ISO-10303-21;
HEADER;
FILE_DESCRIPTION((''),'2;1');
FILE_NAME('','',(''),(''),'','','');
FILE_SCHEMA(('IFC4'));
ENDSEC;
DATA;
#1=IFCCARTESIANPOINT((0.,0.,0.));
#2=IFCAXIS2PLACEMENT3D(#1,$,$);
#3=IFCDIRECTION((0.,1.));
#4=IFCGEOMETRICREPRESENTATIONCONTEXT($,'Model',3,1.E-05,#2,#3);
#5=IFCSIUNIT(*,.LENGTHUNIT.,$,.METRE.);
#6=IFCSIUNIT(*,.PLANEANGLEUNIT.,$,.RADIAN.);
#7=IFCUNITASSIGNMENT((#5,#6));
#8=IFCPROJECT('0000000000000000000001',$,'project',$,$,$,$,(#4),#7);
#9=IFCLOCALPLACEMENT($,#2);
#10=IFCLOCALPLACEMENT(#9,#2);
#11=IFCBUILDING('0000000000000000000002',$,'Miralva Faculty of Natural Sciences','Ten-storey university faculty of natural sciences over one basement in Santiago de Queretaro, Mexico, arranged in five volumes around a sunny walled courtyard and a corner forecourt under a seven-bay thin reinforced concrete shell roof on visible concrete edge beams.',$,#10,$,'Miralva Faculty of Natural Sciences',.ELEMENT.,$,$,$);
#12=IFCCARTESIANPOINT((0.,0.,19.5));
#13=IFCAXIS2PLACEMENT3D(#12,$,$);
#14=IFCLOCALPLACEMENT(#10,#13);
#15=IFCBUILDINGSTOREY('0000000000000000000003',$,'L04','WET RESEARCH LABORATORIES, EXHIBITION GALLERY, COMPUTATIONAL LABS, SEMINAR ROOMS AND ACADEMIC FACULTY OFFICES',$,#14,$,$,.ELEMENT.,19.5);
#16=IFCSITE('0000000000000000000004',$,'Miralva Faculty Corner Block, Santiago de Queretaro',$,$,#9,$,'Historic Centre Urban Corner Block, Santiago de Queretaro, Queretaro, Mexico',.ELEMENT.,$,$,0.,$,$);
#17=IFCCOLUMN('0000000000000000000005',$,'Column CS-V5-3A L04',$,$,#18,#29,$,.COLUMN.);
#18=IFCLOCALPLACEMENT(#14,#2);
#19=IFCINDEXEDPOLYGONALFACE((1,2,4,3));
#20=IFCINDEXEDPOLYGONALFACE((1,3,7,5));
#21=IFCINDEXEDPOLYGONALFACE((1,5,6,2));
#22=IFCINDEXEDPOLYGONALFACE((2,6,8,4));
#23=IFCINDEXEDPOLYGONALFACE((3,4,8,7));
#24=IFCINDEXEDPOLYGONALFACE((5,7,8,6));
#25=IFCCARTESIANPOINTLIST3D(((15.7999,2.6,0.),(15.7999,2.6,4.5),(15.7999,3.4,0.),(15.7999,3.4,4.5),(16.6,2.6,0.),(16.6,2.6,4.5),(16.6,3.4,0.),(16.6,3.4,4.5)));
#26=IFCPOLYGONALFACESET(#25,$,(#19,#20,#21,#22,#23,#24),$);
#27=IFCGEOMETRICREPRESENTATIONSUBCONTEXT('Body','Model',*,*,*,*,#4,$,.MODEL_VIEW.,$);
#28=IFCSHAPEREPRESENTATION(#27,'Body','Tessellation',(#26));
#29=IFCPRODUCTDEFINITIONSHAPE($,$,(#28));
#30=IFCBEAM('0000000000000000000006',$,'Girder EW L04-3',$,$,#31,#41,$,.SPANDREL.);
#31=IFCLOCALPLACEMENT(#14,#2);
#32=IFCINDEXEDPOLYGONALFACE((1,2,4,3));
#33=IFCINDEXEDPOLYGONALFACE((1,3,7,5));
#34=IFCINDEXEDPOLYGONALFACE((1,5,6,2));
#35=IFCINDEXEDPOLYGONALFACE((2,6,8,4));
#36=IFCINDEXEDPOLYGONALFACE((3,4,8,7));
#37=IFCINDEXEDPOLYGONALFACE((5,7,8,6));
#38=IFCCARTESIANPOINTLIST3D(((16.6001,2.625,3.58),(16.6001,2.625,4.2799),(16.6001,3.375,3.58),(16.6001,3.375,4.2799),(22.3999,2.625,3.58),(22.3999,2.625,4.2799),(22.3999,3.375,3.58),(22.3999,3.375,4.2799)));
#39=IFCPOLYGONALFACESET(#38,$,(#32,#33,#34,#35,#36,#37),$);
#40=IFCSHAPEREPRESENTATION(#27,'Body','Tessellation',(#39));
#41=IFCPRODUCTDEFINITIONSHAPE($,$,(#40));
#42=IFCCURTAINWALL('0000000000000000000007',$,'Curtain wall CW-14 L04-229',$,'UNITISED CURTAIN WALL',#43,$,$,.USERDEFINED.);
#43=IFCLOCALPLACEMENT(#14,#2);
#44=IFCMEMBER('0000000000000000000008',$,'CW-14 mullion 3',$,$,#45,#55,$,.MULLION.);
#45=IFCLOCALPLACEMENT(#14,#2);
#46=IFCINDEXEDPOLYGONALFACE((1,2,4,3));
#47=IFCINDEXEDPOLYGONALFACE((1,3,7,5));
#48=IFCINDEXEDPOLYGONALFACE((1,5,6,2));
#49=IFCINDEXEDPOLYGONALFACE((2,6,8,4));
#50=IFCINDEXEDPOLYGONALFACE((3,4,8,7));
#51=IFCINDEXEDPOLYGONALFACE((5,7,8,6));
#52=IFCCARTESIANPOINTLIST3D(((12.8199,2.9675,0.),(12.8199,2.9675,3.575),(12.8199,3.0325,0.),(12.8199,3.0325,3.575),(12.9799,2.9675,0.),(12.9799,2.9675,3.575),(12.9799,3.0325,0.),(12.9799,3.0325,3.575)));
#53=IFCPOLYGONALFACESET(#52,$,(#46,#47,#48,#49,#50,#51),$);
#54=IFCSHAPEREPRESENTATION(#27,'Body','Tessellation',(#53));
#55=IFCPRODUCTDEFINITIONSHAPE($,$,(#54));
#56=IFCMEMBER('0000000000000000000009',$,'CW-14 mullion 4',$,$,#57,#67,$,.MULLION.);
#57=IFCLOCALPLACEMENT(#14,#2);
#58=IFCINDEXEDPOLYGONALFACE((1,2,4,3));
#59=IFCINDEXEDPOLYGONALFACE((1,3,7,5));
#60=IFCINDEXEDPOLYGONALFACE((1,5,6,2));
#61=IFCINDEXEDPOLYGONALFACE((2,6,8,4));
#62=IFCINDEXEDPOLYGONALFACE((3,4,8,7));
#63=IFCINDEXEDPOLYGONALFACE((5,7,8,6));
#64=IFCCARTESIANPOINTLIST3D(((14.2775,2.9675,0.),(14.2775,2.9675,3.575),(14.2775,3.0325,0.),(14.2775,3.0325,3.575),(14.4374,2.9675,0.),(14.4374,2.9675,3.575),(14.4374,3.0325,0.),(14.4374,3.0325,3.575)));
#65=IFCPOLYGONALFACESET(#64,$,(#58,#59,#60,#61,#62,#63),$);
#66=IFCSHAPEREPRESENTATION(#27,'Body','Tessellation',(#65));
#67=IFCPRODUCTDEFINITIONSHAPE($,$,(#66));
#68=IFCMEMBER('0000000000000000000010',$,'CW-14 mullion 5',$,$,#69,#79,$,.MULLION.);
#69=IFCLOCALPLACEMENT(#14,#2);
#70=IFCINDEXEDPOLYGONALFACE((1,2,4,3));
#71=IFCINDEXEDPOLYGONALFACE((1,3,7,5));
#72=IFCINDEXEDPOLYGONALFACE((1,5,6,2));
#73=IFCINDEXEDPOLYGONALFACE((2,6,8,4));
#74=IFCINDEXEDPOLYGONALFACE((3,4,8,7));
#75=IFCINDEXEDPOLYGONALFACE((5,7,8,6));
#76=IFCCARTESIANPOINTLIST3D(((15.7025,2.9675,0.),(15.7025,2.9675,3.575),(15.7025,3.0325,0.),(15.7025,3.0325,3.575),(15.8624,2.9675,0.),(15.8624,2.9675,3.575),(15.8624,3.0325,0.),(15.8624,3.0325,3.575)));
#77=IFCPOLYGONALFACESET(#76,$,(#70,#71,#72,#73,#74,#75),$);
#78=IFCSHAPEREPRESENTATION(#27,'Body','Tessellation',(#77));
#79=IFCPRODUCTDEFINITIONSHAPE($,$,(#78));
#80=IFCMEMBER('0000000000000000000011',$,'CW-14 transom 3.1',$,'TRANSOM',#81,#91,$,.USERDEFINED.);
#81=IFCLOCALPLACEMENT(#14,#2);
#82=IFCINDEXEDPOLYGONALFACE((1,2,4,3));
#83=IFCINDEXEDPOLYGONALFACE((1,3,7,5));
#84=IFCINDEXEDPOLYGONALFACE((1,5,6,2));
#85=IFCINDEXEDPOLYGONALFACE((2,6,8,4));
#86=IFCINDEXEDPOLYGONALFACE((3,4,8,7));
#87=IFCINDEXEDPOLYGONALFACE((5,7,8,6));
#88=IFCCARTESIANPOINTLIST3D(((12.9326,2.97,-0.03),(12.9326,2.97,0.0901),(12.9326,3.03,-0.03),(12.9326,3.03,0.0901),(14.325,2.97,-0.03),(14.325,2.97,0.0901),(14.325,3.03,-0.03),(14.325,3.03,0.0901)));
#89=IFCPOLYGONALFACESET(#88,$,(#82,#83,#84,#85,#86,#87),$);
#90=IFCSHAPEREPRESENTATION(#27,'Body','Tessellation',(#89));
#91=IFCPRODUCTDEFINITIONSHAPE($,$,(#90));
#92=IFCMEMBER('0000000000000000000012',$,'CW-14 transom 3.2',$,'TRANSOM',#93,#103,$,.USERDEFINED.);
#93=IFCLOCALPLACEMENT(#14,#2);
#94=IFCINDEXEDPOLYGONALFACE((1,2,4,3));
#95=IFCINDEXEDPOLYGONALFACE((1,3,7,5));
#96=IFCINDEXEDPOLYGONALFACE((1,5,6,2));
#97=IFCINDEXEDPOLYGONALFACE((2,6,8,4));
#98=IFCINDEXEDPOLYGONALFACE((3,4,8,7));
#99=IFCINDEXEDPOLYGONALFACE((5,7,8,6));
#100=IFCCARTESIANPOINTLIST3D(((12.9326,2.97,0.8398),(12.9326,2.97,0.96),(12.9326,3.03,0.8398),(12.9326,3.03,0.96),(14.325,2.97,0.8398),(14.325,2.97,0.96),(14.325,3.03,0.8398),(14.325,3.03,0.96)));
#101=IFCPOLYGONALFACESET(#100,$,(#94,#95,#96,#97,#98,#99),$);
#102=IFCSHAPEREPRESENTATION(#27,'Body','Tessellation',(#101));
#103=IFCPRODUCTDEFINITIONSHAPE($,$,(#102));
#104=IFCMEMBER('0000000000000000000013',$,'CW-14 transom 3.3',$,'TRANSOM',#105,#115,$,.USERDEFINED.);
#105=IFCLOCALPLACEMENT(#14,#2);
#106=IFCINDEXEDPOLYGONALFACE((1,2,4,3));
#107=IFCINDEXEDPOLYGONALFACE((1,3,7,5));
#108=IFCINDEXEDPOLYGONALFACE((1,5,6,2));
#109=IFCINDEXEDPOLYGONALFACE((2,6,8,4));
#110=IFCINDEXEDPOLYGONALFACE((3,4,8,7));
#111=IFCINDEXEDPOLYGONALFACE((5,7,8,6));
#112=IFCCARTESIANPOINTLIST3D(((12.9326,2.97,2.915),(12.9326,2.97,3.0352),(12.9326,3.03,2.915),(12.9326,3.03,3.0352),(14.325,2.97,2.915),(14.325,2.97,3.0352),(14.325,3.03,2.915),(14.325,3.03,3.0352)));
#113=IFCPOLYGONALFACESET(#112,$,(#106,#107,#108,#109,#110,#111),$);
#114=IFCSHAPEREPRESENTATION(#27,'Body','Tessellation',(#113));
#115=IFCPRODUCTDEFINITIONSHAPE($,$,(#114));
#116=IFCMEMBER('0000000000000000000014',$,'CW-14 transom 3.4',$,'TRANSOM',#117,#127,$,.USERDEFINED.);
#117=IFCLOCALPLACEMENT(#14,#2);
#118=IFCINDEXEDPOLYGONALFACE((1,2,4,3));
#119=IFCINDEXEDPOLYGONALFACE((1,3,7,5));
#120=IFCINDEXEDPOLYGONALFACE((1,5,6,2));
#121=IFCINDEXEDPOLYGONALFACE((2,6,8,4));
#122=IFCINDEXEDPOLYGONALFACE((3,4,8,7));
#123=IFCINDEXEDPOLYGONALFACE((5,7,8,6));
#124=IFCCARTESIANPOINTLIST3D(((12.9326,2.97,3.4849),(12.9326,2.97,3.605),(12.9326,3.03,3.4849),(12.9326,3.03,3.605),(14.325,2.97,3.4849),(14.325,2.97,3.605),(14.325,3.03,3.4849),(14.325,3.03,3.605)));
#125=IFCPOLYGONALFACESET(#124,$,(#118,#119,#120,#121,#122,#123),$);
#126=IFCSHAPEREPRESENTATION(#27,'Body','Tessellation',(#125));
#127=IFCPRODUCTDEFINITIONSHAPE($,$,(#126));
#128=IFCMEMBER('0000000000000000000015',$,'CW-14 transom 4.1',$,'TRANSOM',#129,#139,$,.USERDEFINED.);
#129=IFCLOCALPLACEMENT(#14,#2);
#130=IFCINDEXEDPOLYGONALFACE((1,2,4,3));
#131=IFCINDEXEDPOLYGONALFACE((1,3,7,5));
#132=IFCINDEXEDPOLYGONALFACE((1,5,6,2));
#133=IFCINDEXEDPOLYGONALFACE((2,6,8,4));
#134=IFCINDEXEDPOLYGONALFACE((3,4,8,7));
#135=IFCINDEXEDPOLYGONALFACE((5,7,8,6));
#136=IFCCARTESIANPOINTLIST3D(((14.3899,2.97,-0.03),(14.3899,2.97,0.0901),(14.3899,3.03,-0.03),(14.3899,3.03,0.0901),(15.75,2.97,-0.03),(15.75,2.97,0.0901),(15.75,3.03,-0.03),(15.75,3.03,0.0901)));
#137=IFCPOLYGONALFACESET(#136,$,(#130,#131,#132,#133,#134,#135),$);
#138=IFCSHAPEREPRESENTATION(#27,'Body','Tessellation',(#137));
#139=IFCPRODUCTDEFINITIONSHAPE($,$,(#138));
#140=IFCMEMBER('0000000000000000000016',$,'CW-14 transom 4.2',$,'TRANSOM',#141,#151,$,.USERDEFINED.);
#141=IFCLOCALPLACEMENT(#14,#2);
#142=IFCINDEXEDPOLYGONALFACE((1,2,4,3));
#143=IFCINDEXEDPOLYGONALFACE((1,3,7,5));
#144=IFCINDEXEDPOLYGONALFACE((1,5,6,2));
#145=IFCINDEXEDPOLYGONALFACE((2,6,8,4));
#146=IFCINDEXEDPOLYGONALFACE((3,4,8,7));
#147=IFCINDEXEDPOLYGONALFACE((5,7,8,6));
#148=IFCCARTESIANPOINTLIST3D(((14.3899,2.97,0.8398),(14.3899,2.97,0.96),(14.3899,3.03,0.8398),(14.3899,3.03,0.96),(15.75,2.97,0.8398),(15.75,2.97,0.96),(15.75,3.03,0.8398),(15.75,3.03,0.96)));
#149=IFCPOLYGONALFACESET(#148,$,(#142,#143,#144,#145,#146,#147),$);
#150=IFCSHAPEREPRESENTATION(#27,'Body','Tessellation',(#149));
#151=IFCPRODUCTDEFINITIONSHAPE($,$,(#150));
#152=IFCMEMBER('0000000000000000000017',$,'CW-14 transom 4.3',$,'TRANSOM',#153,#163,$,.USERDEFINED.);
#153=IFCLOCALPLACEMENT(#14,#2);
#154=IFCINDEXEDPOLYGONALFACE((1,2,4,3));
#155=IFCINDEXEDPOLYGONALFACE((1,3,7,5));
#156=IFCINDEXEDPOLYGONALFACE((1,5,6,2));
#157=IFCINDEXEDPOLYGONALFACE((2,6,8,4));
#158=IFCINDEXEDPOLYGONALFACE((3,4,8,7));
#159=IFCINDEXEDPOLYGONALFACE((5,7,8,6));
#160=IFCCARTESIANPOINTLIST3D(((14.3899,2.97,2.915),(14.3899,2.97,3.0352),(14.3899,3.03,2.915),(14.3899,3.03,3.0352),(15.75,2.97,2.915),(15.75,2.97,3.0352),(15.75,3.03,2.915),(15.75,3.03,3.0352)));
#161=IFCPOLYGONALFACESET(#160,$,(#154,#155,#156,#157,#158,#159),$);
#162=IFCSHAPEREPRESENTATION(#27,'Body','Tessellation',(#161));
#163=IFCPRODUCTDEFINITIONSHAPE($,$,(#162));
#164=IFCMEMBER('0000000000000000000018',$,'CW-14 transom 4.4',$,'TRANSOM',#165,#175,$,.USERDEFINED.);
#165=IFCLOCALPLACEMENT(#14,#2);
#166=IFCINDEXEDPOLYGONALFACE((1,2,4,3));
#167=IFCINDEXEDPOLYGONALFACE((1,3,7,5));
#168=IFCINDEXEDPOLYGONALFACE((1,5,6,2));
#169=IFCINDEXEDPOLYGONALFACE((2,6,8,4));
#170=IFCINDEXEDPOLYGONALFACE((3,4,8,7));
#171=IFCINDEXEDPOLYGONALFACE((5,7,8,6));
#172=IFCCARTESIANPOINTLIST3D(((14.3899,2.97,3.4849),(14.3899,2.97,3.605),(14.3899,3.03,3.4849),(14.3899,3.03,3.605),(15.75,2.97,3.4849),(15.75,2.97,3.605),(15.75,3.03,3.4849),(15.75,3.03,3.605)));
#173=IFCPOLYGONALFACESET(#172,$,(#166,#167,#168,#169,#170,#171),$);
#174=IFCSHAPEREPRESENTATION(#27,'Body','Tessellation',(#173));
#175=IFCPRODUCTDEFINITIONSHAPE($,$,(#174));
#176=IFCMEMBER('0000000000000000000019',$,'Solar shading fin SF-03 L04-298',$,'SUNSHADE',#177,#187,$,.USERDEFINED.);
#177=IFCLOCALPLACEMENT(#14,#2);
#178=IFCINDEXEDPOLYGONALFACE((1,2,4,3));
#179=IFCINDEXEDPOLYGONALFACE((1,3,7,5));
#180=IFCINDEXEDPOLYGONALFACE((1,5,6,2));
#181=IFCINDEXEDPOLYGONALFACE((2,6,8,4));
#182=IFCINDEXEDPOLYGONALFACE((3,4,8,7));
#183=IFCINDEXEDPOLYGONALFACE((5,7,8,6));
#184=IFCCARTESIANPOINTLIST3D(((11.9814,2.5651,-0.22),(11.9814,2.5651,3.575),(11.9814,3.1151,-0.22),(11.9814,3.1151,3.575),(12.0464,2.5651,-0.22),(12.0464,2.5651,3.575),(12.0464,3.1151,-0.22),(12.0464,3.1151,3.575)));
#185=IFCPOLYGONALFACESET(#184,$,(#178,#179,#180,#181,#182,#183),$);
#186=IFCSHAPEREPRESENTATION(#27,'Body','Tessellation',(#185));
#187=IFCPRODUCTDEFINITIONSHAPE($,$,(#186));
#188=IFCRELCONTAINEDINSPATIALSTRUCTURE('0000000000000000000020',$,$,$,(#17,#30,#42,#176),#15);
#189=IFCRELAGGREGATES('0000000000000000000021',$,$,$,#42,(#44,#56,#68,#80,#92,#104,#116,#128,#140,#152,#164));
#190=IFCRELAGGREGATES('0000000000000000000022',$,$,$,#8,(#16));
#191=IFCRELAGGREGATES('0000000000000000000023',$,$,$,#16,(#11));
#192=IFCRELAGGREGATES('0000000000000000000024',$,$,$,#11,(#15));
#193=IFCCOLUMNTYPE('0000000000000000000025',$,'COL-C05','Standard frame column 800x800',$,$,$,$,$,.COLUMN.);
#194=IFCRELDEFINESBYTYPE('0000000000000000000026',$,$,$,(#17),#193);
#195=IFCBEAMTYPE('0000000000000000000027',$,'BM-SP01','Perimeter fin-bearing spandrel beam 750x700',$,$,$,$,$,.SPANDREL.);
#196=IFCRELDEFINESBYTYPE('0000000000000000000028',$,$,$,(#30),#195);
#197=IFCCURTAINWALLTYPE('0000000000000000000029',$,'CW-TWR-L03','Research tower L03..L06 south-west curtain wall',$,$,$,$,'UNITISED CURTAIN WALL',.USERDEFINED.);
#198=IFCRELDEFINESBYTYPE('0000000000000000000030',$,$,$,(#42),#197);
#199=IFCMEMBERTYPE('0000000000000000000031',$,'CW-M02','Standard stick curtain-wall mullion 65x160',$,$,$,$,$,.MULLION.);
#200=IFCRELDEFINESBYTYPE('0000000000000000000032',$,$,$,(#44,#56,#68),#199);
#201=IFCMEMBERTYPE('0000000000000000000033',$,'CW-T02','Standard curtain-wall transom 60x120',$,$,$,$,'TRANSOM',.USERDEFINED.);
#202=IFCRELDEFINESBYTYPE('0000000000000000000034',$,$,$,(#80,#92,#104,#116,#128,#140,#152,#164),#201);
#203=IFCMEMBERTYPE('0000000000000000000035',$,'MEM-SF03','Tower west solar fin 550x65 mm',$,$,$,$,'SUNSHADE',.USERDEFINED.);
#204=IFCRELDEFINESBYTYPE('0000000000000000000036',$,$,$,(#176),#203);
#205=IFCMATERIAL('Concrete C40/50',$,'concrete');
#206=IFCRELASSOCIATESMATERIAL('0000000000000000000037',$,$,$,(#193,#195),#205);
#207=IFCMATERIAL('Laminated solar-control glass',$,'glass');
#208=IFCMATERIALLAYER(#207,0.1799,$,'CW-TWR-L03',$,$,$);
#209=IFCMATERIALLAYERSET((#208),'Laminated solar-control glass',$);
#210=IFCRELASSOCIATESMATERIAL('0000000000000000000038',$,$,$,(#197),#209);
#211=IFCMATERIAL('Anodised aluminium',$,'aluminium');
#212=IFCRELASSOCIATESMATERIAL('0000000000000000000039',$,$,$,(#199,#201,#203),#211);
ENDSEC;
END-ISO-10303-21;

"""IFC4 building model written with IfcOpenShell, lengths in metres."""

from ifc_helpers import new_model, si_unit, direction, frame, origin, origin_2d, place, context, subcontext, project, spatial, rectangle, extrude, material, layer, layer_set, material_profile, profile_set, type_object, element, aggregate, save


model = new_model("IFC4")

# Units and contexts
model_context = context("Model", 3, precision=1e-05, world=origin(), true_north=direction((0.0, 1.0)))
body_context = subcontext(model_context, "Body", "Model", "MODEL_VIEW")
ifc_project = project(units=[si_unit("LENGTHUNIT", "METRE"), si_unit("PLANEANGLEUNIT", "RADIAN")], contexts=[model_context])

# Site, building, storey
site_placement = place(None, origin())
site = spatial("IfcSite", under=ifc_project, at=site_placement, Name="Miralva Faculty Corner Block, Santiago de Queretaro", LongName="Historic Centre Urban Corner Block, Santiago de Queretaro, Queretaro, Mexico", CompositionType="ELEMENT", RefElevation=0.0)
building_placement = place(site_placement, origin())
building = spatial("IfcBuilding", under=site, at=building_placement, Name="Miralva Faculty of Natural Sciences", Description="Ten-storey university faculty of natural sciences over one basement in Santiago de Queretaro, Mexico, arranged in five volumes around a sunny walled courtyard and a corner forecourt under a seven-bay thin reinforced concrete shell roof on visible concrete edge beams.", LongName="Miralva Faculty of Natural Sciences", CompositionType="ELEMENT")
storey_placement = place(building_placement, frame((0.0, 0.0, 19.5)))
storey = spatial("IfcBuildingStorey", under=building, at=storey_placement, Name="L04", Description="WET RESEARCH LABORATORIES, EXHIBITION GALLERY, COMPUTATIONAL LABS, SEMINAR ROOMS AND ACADEMIC FACULTY OFFICES", CompositionType="ELEMENT", Elevation=19.5)

# Column
ifc_material_1 = material(Name="Concrete C40/50", Category="concrete")
ifc_material_profile_1 = material_profile(ifc_material_1, rectangle(XDim=0.8, YDim=0.8, at=origin_2d()), Name="RC 800x800")
ifc_profile_set_1 = profile_set([ifc_material_profile_1], Name="Concrete C40/50")
column_type = type_object("IfcColumnType", Name="COL-C05", Description="Standard frame column 800x800", PredefinedType="COLUMN", material=ifc_profile_set_1)
column_placement = place(storey_placement, frame((16.2, 3.0, 0.0), z_axis=(0.0, 0.0, 1.0), x_axis=(1.0, 0.0, 0.0)))
element("IfcColumn", 1, at=column_placement, inside=storey, type_object=column_type, Name="Column CS-V5-3A L04", PredefinedType="COLUMN", context=body_context, shape_type="SweptSolid", body=[
    extrude(rectangle(XDim=0.8, YDim=0.8, at=origin_2d()), origin(), (0.0, 0.0, 1.0), 4.5),
])

# Beam
ifc_material_profile_2 = material_profile(ifc_material_1, rectangle(XDim=0.75, YDim=0.7, at=origin_2d()), Name="RC 750x700")
ifc_profile_set_2 = profile_set([ifc_material_profile_2], Name="Concrete C40/50")
beam_type = type_object("IfcBeamType", Name="BM-SP01", Description="Perimeter fin-bearing spandrel beam 750x700", PredefinedType="SPANDREL", material=ifc_profile_set_2)
beam_placement = place(storey_placement, frame((16.6001, 3.0, 3.9299), z_axis=(1.0, 0.0, 0.0), x_axis=(0.0, 1.0, 0.0)))
element("IfcBeam", 2, at=beam_placement, inside=storey, type_object=beam_type, Name="Girder EW L04-3", PredefinedType="SPANDREL", context=body_context, shape_type="SweptSolid", body=[
    extrude(rectangle(XDim=0.75, YDim=0.7, at=origin_2d()), origin(), (0.0, 0.0, 1.0), 5.7998),
])

# Curtain wall, members
ifc_material_2 = material(Name="Laminated solar-control glass", Category="glass")
ifc_layer_1 = layer(ifc_material_2, 0.1799, Name="CW-TWR-L03")
ifc_layer_set_1 = layer_set([ifc_layer_1], Name="Laminated solar-control glass")
curtain_wall_type = type_object("IfcCurtainWallType", Name="CW-TWR-L03", Description="Research tower L03..L06 south-west curtain wall", ElementType="UNITISED CURTAIN WALL", PredefinedType="USERDEFINED", material=ifc_layer_set_1)
curtain_wall_placement = place(storey_placement, origin())
curtain_wall = element("IfcCurtainWall", 3, at=curtain_wall_placement, inside=storey, type_object=curtain_wall_type, Name="Curtain wall CW-14 L04-229", ObjectType="UNITISED CURTAIN WALL", PredefinedType="USERDEFINED")
ifc_material_3 = material(Name="Anodised aluminium", Category="aluminium")
ifc_material_profile_3 = material_profile(ifc_material_3, rectangle(XDim=0.0649, YDim=0.1599, at=origin_2d()), Name="MULLION 65x160")
ifc_profile_set_3 = profile_set([ifc_material_profile_3], Name="Anodised aluminium")
member_type_1 = type_object("IfcMemberType", Name="CW-M02", Description="Standard stick curtain-wall mullion 65x160", PredefinedType="MULLION", material=ifc_profile_set_3)
member_1_placement = place(storey_placement, frame((12.8999, 3.0, 0.0), z_axis=(0.0, 0.0, 1.0), x_axis=(0.0, 1.0, 0.0)))
member_1 = element("IfcMember", 4, at=member_1_placement, type_object=member_type_1, Name="CW-14 mullion 3", PredefinedType="MULLION", context=body_context, shape_type="SweptSolid", body=[
    extrude(rectangle(XDim=0.0649, YDim=0.1599, at=origin_2d()), origin(), (0.0, 0.0, 1.0), 3.575),
])
member_2_placement = place(storey_placement, frame((14.3574, 3.0, 0.0), z_axis=(0.0, 0.0, 1.0), x_axis=(0.0, 1.0, 0.0)))
member_2 = element("IfcMember", 5, at=member_2_placement, type_object=member_type_1, Name="CW-14 mullion 4", PredefinedType="MULLION", context=body_context, shape_type="SweptSolid", body=[
    extrude(rectangle(XDim=0.0649, YDim=0.1599, at=origin_2d()), origin(), (0.0, 0.0, 1.0), 3.575),
])
member_3_placement = place(storey_placement, frame((15.7825, 3.0, 0.0), z_axis=(0.0, 0.0, 1.0), x_axis=(0.0, 1.0, 0.0)))
member_3 = element("IfcMember", 6, at=member_3_placement, type_object=member_type_1, Name="CW-14 mullion 5", PredefinedType="MULLION", context=body_context, shape_type="SweptSolid", body=[
    extrude(rectangle(XDim=0.0649, YDim=0.1599, at=origin_2d()), origin(), (0.0, 0.0, 1.0), 3.575),
])
ifc_material_profile_4 = material_profile(ifc_material_3, rectangle(XDim=0.0601, YDim=0.1201, at=origin_2d()), Name="TRANSOM 60x120")
ifc_profile_set_4 = profile_set([ifc_material_profile_4], Name="Anodised aluminium")
member_type_2 = type_object("IfcMemberType", Name="CW-T02", Description="Standard curtain-wall transom 60x120", ElementType="TRANSOM", PredefinedType="USERDEFINED", material=ifc_profile_set_4)
member_4_placement = place(storey_placement, frame((12.9326, 3.0, 0.03), z_axis=(1.0, 0.0, 0.0), x_axis=(0.0, 1.0, 0.0)))
member_4 = element("IfcMember", 7, at=member_4_placement, type_object=member_type_2, Name="CW-14 transom 3.1", ObjectType="TRANSOM", PredefinedType="USERDEFINED", context=body_context, shape_type="SweptSolid", body=[
    extrude(rectangle(XDim=0.0601, YDim=0.1201, at=origin_2d()), origin(), (0.0, 0.0, 1.0), 1.3923),
])
member_5_placement = place(storey_placement, frame((12.9326, 3.0, 0.8999), z_axis=(1.0, 0.0, 0.0), x_axis=(0.0, 1.0, 0.0)))
member_5 = element("IfcMember", 8, at=member_5_placement, type_object=member_type_2, Name="CW-14 transom 3.2", ObjectType="TRANSOM", PredefinedType="USERDEFINED", context=body_context, shape_type="SweptSolid", body=[
    extrude(rectangle(XDim=0.0601, YDim=0.1201, at=origin_2d()), origin(), (0.0, 0.0, 1.0), 1.3923),
])
member_6_placement = place(storey_placement, frame((12.9326, 3.0, 2.9751), z_axis=(1.0, 0.0, 0.0), x_axis=(0.0, 1.0, 0.0)))
member_6 = element("IfcMember", 9, at=member_6_placement, type_object=member_type_2, Name="CW-14 transom 3.3", ObjectType="TRANSOM", PredefinedType="USERDEFINED", context=body_context, shape_type="SweptSolid", body=[
    extrude(rectangle(XDim=0.0601, YDim=0.1201, at=origin_2d()), origin(), (0.0, 0.0, 1.0), 1.3923),
])
member_7_placement = place(storey_placement, frame((12.9326, 3.0, 3.5449), z_axis=(1.0, 0.0, 0.0), x_axis=(0.0, 1.0, 0.0)))
member_7 = element("IfcMember", 10, at=member_7_placement, type_object=member_type_2, Name="CW-14 transom 3.4", ObjectType="TRANSOM", PredefinedType="USERDEFINED", context=body_context, shape_type="SweptSolid", body=[
    extrude(rectangle(XDim=0.0601, YDim=0.1201, at=origin_2d()), origin(), (0.0, 0.0, 1.0), 1.3923),
])
member_8_placement = place(storey_placement, frame((14.3899, 3.0, 0.03), z_axis=(1.0, 0.0, 0.0), x_axis=(0.0, 1.0, 0.0)))
member_8 = element("IfcMember", 11, at=member_8_placement, type_object=member_type_2, Name="CW-14 transom 4.1", ObjectType="TRANSOM", PredefinedType="USERDEFINED", context=body_context, shape_type="SweptSolid", body=[
    extrude(rectangle(XDim=0.0601, YDim=0.1201, at=origin_2d()), origin(), (0.0, 0.0, 1.0), 1.3601),
])
member_9_placement = place(storey_placement, frame((14.3899, 3.0, 0.8999), z_axis=(1.0, 0.0, 0.0), x_axis=(0.0, 1.0, 0.0)))
member_9 = element("IfcMember", 12, at=member_9_placement, type_object=member_type_2, Name="CW-14 transom 4.2", ObjectType="TRANSOM", PredefinedType="USERDEFINED", context=body_context, shape_type="SweptSolid", body=[
    extrude(rectangle(XDim=0.0601, YDim=0.1201, at=origin_2d()), origin(), (0.0, 0.0, 1.0), 1.3601),
])
member_10_placement = place(storey_placement, frame((14.3899, 3.0, 2.9751), z_axis=(1.0, 0.0, 0.0), x_axis=(0.0, 1.0, 0.0)))
member_10 = element("IfcMember", 13, at=member_10_placement, type_object=member_type_2, Name="CW-14 transom 4.3", ObjectType="TRANSOM", PredefinedType="USERDEFINED", context=body_context, shape_type="SweptSolid", body=[
    extrude(rectangle(XDim=0.0601, YDim=0.1201, at=origin_2d()), origin(), (0.0, 0.0, 1.0), 1.3601),
])
member_11_placement = place(storey_placement, frame((14.3899, 3.0, 3.5449), z_axis=(1.0, 0.0, 0.0), x_axis=(0.0, 1.0, 0.0)))
member_11 = element("IfcMember", 14, at=member_11_placement, type_object=member_type_2, Name="CW-14 transom 4.4", ObjectType="TRANSOM", PredefinedType="USERDEFINED", context=body_context, shape_type="SweptSolid", body=[
    extrude(rectangle(XDim=0.0601, YDim=0.1201, at=origin_2d()), origin(), (0.0, 0.0, 1.0), 1.3601),
])

# Member
ifc_material_profile_5 = material_profile(ifc_material_3, rectangle(XDim=0.0649, YDim=0.55, at=origin_2d()), Name="FIN 550x65")
ifc_profile_set_5 = profile_set([ifc_material_profile_5], Name="Anodised aluminium")
member_type_3 = type_object("IfcMemberType", Name="MEM-SF03", Description="Tower west solar fin 550x65 mm", ElementType="SUNSHADE", PredefinedType="USERDEFINED", material=ifc_profile_set_5)
for number, where, z_axis, x_axis, name in (
    (15, (12.0139, 2.8401, -0.22), (0.0, 0.0, 1.0), (1.0, 0.0, 0.0), "Solar shading fin SF-03 L04-298"),
):
    element("IfcMember", number, at=place(storey_placement, frame(where, z_axis=z_axis, x_axis=x_axis)), inside=storey, type_object=member_type_3, Name=name, ObjectType="SUNSHADE", PredefinedType="USERDEFINED", context=body_context, shape_type="SweptSolid", body=[
        extrude(rectangle(XDim=0.0649, YDim=0.55, at=origin_2d()), origin(), (0.0, 0.0, 1.0), 3.7949),
    ])

aggregate(curtain_wall, [member_1, member_2, member_3, member_4, member_5, member_6, member_7, member_8, member_9, member_10, member_11])

save(model, "model.ifc")
